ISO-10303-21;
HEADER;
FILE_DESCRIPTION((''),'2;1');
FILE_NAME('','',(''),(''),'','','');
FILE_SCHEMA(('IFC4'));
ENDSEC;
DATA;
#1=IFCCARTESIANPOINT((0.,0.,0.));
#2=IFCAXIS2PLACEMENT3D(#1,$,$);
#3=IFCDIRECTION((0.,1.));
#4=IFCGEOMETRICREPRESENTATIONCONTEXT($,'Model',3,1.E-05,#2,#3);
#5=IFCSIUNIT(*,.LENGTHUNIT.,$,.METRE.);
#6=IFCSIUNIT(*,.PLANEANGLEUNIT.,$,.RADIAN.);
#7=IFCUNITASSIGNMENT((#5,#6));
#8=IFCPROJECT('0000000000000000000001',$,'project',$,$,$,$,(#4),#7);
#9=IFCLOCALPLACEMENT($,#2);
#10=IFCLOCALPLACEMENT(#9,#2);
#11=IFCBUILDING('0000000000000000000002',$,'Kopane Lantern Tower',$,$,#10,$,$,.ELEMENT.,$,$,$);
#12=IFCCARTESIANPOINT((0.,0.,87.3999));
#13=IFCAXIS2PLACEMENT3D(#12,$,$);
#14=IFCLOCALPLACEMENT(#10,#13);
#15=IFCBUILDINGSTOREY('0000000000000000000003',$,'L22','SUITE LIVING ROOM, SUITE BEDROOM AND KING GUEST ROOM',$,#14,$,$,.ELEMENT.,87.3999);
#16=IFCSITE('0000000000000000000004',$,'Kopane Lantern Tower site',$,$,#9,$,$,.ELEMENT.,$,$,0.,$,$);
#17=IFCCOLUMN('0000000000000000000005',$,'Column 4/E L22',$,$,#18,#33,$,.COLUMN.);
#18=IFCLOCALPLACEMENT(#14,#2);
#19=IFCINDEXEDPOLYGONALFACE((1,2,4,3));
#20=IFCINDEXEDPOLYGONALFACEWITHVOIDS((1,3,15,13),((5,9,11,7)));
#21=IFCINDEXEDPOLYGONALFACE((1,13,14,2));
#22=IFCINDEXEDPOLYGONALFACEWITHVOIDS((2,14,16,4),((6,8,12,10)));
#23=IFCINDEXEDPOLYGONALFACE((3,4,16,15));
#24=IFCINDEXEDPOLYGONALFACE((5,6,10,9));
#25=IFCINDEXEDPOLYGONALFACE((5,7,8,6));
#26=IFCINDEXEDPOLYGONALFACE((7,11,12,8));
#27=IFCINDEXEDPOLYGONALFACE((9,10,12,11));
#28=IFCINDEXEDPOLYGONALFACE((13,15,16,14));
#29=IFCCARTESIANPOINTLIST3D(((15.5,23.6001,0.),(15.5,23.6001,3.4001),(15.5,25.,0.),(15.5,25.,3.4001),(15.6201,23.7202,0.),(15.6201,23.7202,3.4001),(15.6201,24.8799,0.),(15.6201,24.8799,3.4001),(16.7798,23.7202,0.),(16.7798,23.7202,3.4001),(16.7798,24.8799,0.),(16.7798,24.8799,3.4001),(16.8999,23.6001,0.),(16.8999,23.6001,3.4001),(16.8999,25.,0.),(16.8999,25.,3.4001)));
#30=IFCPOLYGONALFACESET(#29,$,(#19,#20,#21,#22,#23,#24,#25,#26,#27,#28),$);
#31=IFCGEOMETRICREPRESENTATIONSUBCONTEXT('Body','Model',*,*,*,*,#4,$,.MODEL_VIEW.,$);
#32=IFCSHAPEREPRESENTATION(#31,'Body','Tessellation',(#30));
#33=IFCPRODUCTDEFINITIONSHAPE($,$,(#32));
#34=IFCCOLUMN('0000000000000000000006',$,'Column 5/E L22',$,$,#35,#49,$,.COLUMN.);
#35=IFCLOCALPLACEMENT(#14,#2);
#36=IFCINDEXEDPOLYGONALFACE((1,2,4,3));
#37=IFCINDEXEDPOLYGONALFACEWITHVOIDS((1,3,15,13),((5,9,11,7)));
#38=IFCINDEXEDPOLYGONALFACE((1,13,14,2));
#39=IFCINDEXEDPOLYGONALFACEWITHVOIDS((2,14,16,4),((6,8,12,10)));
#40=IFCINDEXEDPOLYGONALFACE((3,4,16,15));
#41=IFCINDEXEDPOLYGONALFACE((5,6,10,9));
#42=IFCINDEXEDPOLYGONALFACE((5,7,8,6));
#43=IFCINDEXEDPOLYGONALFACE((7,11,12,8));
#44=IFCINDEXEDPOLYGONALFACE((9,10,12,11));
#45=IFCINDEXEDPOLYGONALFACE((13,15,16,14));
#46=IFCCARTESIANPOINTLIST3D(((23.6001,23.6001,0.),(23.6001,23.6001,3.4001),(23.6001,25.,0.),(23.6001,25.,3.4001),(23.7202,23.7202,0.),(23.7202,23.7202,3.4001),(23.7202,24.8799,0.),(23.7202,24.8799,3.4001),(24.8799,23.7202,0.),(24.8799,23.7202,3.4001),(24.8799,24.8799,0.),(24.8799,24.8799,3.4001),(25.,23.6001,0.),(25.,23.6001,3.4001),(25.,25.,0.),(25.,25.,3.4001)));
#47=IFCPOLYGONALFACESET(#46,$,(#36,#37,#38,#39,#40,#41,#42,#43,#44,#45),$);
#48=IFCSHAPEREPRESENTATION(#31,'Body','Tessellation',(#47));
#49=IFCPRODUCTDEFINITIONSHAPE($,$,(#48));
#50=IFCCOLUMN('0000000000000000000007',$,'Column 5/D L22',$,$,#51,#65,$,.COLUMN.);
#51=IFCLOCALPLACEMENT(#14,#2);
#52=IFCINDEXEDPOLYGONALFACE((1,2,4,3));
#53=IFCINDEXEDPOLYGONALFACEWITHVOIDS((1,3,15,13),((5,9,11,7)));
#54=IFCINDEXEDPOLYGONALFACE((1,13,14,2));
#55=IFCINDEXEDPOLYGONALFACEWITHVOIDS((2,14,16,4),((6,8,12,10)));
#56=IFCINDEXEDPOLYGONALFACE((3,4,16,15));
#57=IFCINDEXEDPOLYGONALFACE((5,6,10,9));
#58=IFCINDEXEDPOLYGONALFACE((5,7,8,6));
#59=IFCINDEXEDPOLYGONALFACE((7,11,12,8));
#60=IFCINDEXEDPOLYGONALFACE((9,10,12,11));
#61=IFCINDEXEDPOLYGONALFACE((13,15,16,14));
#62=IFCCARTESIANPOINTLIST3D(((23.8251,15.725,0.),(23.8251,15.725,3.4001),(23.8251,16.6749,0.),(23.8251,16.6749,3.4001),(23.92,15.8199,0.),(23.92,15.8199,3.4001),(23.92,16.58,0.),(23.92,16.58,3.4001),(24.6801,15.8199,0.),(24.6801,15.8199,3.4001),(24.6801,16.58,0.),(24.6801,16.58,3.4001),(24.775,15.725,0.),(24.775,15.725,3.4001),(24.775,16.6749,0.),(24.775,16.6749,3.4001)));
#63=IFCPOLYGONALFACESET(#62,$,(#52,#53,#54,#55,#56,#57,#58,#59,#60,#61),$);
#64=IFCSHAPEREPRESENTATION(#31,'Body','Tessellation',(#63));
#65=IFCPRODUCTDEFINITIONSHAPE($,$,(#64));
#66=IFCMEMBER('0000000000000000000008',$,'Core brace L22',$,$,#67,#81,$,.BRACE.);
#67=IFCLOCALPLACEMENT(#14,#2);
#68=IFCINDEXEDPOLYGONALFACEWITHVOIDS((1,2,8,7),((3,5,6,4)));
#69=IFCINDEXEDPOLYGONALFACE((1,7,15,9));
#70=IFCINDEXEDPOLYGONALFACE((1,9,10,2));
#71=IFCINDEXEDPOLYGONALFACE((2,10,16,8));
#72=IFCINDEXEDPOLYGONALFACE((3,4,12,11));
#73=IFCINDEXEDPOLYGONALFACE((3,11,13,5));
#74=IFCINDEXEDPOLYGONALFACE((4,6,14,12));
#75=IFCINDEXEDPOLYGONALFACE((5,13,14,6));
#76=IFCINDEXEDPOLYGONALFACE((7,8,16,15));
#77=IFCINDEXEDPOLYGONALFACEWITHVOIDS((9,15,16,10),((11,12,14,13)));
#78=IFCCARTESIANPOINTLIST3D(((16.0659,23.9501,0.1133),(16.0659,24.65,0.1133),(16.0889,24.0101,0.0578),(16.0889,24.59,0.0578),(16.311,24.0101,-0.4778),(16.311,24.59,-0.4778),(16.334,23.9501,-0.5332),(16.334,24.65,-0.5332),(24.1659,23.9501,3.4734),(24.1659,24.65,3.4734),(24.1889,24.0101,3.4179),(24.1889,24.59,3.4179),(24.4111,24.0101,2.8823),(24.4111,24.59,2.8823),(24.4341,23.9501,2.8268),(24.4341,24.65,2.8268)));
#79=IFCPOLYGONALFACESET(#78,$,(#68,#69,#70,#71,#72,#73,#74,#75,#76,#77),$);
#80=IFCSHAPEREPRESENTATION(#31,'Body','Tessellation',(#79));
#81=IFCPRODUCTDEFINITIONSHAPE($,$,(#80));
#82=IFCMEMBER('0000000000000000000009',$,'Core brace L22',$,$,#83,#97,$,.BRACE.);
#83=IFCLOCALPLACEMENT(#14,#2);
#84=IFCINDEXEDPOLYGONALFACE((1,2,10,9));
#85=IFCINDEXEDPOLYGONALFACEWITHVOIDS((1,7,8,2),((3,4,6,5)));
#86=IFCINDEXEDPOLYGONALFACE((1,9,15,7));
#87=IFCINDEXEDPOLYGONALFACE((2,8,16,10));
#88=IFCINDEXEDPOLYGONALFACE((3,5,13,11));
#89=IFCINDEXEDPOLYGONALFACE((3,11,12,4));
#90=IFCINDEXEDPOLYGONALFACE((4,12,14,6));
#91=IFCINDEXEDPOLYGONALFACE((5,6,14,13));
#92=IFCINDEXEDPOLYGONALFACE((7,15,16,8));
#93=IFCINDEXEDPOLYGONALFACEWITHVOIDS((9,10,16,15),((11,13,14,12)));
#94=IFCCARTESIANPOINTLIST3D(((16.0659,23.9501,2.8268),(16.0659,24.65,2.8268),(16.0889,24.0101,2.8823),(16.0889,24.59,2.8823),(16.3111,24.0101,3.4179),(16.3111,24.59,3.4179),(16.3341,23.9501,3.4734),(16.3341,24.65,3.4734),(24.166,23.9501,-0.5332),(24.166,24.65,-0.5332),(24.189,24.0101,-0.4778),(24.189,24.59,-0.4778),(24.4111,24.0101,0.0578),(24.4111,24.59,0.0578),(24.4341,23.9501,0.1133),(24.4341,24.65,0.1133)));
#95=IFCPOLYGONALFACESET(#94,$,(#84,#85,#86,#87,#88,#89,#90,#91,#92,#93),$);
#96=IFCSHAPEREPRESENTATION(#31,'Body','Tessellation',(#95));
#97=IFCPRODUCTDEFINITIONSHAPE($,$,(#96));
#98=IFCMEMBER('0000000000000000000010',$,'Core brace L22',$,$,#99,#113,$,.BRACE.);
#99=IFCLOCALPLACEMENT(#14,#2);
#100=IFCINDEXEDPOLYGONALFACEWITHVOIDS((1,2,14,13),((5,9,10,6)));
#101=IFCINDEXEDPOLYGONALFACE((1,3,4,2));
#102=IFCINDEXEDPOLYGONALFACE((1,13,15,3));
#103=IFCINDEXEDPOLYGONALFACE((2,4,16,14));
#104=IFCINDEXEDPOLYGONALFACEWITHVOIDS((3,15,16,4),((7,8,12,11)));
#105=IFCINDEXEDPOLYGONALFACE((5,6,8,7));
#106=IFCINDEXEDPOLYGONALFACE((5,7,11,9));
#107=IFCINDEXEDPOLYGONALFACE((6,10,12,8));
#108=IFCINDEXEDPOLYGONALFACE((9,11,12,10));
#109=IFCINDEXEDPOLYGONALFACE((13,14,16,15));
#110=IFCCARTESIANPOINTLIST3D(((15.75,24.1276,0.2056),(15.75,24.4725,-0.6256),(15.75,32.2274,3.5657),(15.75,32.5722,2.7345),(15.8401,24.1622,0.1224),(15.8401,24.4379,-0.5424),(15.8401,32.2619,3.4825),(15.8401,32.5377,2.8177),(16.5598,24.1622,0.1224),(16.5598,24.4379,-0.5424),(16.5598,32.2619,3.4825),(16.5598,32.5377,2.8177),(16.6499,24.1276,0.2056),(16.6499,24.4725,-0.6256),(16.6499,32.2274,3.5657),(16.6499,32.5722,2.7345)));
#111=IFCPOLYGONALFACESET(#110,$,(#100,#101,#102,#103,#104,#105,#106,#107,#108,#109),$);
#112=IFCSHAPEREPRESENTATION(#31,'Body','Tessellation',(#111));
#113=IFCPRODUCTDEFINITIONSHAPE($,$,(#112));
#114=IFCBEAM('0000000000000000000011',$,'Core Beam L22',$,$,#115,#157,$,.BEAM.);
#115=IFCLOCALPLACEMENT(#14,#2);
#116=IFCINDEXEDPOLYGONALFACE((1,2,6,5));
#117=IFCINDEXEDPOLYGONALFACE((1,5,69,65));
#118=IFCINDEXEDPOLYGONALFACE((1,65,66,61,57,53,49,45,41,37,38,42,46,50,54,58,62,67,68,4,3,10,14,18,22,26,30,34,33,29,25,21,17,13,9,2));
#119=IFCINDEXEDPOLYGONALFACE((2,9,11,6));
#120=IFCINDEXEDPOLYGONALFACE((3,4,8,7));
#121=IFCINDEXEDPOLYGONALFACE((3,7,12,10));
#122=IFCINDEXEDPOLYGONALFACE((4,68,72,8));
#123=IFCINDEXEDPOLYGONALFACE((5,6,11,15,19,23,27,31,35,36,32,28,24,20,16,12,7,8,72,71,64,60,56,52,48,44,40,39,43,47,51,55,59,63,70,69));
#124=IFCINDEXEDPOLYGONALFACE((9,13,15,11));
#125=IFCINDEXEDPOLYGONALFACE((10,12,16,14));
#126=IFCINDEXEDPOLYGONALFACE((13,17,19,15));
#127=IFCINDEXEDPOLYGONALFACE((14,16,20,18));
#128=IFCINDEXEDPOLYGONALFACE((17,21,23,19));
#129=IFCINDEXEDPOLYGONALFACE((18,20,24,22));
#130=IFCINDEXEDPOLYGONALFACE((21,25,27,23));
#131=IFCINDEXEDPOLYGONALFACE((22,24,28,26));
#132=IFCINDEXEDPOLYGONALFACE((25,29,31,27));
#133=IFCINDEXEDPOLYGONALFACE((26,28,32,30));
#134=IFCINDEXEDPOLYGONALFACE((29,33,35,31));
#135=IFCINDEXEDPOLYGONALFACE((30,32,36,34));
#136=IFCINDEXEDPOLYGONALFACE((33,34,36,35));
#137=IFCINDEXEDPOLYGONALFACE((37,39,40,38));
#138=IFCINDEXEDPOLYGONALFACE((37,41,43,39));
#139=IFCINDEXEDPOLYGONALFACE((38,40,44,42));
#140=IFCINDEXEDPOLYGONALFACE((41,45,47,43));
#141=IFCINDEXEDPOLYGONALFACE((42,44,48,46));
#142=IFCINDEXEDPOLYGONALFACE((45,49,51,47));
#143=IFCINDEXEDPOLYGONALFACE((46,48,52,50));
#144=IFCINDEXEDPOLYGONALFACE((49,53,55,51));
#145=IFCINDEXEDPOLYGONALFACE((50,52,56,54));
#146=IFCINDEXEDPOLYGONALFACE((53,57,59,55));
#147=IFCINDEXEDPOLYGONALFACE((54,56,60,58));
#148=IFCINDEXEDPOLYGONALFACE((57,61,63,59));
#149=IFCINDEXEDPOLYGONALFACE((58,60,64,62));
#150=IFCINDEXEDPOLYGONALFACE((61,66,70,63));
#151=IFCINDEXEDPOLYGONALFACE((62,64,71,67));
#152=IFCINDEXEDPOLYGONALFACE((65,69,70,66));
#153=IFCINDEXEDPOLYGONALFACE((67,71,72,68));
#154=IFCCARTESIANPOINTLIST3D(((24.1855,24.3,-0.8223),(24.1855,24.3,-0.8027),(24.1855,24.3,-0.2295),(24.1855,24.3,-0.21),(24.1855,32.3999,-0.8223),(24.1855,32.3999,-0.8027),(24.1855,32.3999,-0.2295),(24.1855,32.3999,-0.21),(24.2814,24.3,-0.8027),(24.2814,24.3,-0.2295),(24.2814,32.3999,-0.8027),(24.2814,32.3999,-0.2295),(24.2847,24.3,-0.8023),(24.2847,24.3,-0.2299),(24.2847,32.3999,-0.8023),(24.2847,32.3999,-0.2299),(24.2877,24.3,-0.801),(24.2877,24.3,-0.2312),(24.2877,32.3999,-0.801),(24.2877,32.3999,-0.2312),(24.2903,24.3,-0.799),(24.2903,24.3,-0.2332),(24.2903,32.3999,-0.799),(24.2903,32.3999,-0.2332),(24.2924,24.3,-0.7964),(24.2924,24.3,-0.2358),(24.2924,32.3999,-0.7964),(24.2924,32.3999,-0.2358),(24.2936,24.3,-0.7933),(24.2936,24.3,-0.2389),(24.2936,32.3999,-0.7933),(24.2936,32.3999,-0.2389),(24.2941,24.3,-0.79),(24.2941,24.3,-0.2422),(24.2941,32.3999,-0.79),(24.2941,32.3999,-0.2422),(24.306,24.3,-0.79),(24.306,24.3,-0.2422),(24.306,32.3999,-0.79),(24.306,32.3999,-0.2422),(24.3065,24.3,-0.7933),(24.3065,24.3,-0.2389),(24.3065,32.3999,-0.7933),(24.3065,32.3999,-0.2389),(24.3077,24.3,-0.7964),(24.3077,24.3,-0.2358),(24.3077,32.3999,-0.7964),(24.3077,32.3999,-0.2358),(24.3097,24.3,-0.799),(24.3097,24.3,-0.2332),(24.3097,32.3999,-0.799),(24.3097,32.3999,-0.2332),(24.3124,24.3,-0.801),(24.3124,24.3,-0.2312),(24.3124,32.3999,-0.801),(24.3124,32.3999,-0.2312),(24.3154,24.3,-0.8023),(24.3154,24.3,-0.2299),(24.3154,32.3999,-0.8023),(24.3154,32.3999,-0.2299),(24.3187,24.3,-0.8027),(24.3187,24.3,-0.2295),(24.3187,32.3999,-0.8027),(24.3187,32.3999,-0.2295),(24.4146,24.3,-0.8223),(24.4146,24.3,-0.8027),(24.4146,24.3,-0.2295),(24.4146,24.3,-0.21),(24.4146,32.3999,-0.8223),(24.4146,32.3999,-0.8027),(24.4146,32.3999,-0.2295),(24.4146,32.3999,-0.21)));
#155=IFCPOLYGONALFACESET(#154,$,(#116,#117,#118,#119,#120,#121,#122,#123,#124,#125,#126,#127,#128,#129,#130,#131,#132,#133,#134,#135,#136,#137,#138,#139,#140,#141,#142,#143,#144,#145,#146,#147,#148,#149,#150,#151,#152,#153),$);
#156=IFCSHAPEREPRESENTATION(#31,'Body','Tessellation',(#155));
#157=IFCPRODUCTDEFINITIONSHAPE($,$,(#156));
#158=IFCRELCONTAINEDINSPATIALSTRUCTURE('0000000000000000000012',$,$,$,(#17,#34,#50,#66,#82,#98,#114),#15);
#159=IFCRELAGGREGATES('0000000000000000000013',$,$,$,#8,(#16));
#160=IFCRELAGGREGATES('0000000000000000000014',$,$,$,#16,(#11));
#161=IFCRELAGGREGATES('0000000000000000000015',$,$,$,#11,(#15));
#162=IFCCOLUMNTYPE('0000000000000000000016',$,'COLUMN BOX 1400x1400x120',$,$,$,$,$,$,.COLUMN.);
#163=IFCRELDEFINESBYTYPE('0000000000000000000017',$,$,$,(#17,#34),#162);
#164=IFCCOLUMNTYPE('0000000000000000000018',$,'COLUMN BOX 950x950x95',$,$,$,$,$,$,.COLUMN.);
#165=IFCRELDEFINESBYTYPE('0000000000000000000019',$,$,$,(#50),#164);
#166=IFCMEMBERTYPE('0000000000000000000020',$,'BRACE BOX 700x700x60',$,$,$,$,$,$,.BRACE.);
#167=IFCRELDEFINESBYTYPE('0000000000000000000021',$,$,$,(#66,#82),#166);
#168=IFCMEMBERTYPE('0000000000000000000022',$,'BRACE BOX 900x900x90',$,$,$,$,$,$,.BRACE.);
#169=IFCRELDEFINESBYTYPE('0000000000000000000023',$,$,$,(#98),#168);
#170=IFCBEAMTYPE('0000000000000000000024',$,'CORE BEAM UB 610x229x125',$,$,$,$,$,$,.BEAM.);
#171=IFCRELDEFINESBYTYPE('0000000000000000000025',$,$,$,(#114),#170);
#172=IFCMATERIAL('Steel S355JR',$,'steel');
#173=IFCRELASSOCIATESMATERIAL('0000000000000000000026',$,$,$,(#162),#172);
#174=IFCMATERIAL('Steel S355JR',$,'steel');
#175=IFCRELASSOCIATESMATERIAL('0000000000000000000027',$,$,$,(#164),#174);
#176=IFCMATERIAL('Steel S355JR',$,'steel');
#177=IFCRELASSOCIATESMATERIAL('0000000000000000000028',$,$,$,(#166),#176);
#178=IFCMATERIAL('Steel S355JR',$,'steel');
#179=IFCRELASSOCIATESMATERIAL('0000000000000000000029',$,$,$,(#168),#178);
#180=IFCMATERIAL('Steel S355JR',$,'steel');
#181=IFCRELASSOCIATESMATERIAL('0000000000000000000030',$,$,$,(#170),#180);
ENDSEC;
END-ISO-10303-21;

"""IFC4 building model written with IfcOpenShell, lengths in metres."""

from ifc_helpers import new_model, si_unit, direction, frame, origin, origin_2d, place, context, subcontext, project, spatial, hollow_rectangle, i_section, extrude, material, material_profile, profile_set, type_object, element, save


model = new_model("IFC4")

# Units and contexts
model_context = context("Model", 3, precision=1e-05, world=origin(), true_north=direction((0.0, 1.0)))
body_context = subcontext(model_context, "Body", "Model", "MODEL_VIEW")
ifc_project = project(units=[si_unit("LENGTHUNIT", "METRE"), si_unit("PLANEANGLEUNIT", "RADIAN")], contexts=[model_context])

# Site, building, storey
site_placement = place(None, origin())
site = spatial("IfcSite", under=ifc_project, at=site_placement, Name="Kopane Lantern Tower site", CompositionType="ELEMENT", RefElevation=0.0)
building_placement = place(site_placement, origin())
building = spatial("IfcBuilding", under=site, at=building_placement, Name="Kopane Lantern Tower", CompositionType="ELEMENT")
storey_placement = place(building_placement, frame((0.0, 0.0, 87.3999)))
storey = spatial("IfcBuildingStorey", under=building, at=storey_placement, Name="L22", Description="SUITE LIVING ROOM, SUITE BEDROOM AND KING GUEST ROOM", CompositionType="ELEMENT", Elevation=87.3999)

# Columns
ifc_material_1 = material(Name="Steel S355JR", Category="steel")
ifc_material_profile_1 = material_profile(ifc_material_1, hollow_rectangle(XDim=1.3999, YDim=1.3999, WallThickness=0.1201, at=origin_2d()), Name="BOX 1400x1400x120")
ifc_profile_set_1 = profile_set([ifc_material_profile_1], Name="Steel S355JR")
column_type_1 = type_object("IfcColumnType", Name="COLUMN BOX 1400x1400x120", PredefinedType="COLUMN", material=ifc_profile_set_1)
for number, where, z_axis, x_axis, name in (
    (1, (16.2, 24.3, 0.0), (0.0, 0.0, 1.0), (1.0, 0.0, 0.0), "Column 4/E L22"),
    (2, (24.3, 24.3, 0.0), (0.0, 0.0, 1.0), (1.0, 0.0, 0.0), "Column 5/E L22"),
):
    element("IfcColumn", number, at=place(storey_placement, frame(where, z_axis=z_axis, x_axis=x_axis)), inside=storey, type_object=column_type_1, Name=name, PredefinedType="COLUMN", context=body_context, shape_type="SweptSolid", body=[
        extrude(hollow_rectangle(XDim=1.3999, YDim=1.3999, WallThickness=0.1201, at=origin_2d()), origin(), (0.0, 0.0, 1.0), 3.4001),
    ])
ifc_material_2 = material(Name="Steel S355JR", Category="steel")
ifc_material_profile_2 = material_profile(ifc_material_2, hollow_rectangle(XDim=0.95, YDim=0.95, WallThickness=0.095, at=origin_2d()), Name="BOX 950x950x95")
ifc_profile_set_2 = profile_set([ifc_material_profile_2], Name="Steel S355JR")
column_type_2 = type_object("IfcColumnType", Name="COLUMN BOX 950x950x95", PredefinedType="COLUMN", material=ifc_profile_set_2)
column_placement = place(storey_placement, frame((24.3, 16.2, 0.0), z_axis=(0.0, 0.0, 1.0), x_axis=(1.0, 0.0, 0.0)))
element("IfcColumn", 3, at=column_placement, inside=storey, type_object=column_type_2, Name="Column 5/D L22", PredefinedType="COLUMN", context=body_context, shape_type="SweptSolid", body=[
    extrude(hollow_rectangle(XDim=0.95, YDim=0.95, WallThickness=0.095, at=origin_2d()), origin(), (0.0, 0.0, 1.0), 3.4001),
])

# Members
ifc_material_3 = material(Name="Steel S355JR", Category="steel")
ifc_material_profile_3 = material_profile(ifc_material_3, hollow_rectangle(XDim=0.7, YDim=0.7, WallThickness=0.0601, at=origin_2d()), Name="BOX 700x700x60")
ifc_profile_set_3 = profile_set([ifc_material_profile_3], Name="Steel S355JR")
member_type_1 = type_object("IfcMemberType", Name="BRACE BOX 700x700x60", PredefinedType="BRACE", material=ifc_profile_set_3)
for number, where, z_axis, x_axis, name in (
    (4, (16.2, 24.3, -0.21), (0.92368, 0.0, 0.383164), (0.0, 1.0, 0.0), "Core brace L22"),
    (5, (24.3, 24.3, -0.21), (-0.92368, 0.0, 0.383164), (0.0, -1.0, 0.0), "Core brace L22"),
):
    element("IfcMember", number, at=place(storey_placement, frame(where, z_axis=z_axis, x_axis=x_axis)), inside=storey, type_object=member_type_1, Name=name, PredefinedType="BRACE", context=body_context, shape_type="SweptSolid", body=[
        extrude(hollow_rectangle(XDim=0.7, YDim=0.7, WallThickness=0.0601, at=origin_2d()), origin(), (0.0, 0.0, 1.0), 8.7693),
    ])
ifc_material_4 = material(Name="Steel S355JR", Category="steel")
ifc_material_profile_4 = material_profile(ifc_material_4, hollow_rectangle(XDim=0.8999, YDim=0.8999, WallThickness=0.0901, at=origin_2d()), Name="BOX 900x900x90")
ifc_profile_set_4 = profile_set([ifc_material_profile_4], Name="Steel S355JR")
member_type_2 = type_object("IfcMemberType", Name="BRACE BOX 900x900x90", PredefinedType="BRACE", material=ifc_profile_set_4)
member_placement = place(storey_placement, frame((16.2, 24.3, -0.21), z_axis=(0.0, 0.923676, 0.383174), x_axis=(-1.0, 0.0, 0.0)))
element("IfcMember", 6, at=member_placement, inside=storey, type_object=member_type_2, Name="Core brace L22", PredefinedType="BRACE", context=body_context, shape_type="SweptSolid", body=[
    extrude(hollow_rectangle(XDim=0.8999, YDim=0.8999, WallThickness=0.0901, at=origin_2d()), origin(), (0.0, 0.0, 1.0), 8.769),
])

# Beam
ifc_material_5 = material(Name="Steel S355JR", Category="steel")
ifc_material_profile_5 = material_profile(ifc_material_5, i_section(OverallWidth=0.229, OverallDepth=0.6123, WebThickness=0.012, FlangeThickness=0.0195, FilletRadius=0.0127, at=origin_2d()), Name="UB 610x229x125")
ifc_profile_set_5 = profile_set([ifc_material_profile_5], Name="Steel S355JR")
beam_type_1 = type_object("IfcBeamType", Name="CORE BEAM UB 610x229x125", PredefinedType="BEAM", material=ifc_profile_set_5)
beam_1_placement = place(storey_placement, frame((24.3, 24.3, -0.5161), z_axis=(0.0, 1.0, 0.0), x_axis=(-1.0, 0.0, 0.0)))
element("IfcBeam", 7, at=beam_1_placement, inside=storey, type_object=beam_type_1, Name="Core Beam L22", PredefinedType="BEAM", context=body_context, shape_type="SweptSolid", body=[
    extrude(i_section(OverallWidth=0.229, OverallDepth=0.6123, WebThickness=0.012, FlangeThickness=0.0195, FilletRadius=0.0127, at=origin_2d()), origin(), (0.0, 0.0, 1.0), 8.0999),
])

save(model, "model.ifc")
